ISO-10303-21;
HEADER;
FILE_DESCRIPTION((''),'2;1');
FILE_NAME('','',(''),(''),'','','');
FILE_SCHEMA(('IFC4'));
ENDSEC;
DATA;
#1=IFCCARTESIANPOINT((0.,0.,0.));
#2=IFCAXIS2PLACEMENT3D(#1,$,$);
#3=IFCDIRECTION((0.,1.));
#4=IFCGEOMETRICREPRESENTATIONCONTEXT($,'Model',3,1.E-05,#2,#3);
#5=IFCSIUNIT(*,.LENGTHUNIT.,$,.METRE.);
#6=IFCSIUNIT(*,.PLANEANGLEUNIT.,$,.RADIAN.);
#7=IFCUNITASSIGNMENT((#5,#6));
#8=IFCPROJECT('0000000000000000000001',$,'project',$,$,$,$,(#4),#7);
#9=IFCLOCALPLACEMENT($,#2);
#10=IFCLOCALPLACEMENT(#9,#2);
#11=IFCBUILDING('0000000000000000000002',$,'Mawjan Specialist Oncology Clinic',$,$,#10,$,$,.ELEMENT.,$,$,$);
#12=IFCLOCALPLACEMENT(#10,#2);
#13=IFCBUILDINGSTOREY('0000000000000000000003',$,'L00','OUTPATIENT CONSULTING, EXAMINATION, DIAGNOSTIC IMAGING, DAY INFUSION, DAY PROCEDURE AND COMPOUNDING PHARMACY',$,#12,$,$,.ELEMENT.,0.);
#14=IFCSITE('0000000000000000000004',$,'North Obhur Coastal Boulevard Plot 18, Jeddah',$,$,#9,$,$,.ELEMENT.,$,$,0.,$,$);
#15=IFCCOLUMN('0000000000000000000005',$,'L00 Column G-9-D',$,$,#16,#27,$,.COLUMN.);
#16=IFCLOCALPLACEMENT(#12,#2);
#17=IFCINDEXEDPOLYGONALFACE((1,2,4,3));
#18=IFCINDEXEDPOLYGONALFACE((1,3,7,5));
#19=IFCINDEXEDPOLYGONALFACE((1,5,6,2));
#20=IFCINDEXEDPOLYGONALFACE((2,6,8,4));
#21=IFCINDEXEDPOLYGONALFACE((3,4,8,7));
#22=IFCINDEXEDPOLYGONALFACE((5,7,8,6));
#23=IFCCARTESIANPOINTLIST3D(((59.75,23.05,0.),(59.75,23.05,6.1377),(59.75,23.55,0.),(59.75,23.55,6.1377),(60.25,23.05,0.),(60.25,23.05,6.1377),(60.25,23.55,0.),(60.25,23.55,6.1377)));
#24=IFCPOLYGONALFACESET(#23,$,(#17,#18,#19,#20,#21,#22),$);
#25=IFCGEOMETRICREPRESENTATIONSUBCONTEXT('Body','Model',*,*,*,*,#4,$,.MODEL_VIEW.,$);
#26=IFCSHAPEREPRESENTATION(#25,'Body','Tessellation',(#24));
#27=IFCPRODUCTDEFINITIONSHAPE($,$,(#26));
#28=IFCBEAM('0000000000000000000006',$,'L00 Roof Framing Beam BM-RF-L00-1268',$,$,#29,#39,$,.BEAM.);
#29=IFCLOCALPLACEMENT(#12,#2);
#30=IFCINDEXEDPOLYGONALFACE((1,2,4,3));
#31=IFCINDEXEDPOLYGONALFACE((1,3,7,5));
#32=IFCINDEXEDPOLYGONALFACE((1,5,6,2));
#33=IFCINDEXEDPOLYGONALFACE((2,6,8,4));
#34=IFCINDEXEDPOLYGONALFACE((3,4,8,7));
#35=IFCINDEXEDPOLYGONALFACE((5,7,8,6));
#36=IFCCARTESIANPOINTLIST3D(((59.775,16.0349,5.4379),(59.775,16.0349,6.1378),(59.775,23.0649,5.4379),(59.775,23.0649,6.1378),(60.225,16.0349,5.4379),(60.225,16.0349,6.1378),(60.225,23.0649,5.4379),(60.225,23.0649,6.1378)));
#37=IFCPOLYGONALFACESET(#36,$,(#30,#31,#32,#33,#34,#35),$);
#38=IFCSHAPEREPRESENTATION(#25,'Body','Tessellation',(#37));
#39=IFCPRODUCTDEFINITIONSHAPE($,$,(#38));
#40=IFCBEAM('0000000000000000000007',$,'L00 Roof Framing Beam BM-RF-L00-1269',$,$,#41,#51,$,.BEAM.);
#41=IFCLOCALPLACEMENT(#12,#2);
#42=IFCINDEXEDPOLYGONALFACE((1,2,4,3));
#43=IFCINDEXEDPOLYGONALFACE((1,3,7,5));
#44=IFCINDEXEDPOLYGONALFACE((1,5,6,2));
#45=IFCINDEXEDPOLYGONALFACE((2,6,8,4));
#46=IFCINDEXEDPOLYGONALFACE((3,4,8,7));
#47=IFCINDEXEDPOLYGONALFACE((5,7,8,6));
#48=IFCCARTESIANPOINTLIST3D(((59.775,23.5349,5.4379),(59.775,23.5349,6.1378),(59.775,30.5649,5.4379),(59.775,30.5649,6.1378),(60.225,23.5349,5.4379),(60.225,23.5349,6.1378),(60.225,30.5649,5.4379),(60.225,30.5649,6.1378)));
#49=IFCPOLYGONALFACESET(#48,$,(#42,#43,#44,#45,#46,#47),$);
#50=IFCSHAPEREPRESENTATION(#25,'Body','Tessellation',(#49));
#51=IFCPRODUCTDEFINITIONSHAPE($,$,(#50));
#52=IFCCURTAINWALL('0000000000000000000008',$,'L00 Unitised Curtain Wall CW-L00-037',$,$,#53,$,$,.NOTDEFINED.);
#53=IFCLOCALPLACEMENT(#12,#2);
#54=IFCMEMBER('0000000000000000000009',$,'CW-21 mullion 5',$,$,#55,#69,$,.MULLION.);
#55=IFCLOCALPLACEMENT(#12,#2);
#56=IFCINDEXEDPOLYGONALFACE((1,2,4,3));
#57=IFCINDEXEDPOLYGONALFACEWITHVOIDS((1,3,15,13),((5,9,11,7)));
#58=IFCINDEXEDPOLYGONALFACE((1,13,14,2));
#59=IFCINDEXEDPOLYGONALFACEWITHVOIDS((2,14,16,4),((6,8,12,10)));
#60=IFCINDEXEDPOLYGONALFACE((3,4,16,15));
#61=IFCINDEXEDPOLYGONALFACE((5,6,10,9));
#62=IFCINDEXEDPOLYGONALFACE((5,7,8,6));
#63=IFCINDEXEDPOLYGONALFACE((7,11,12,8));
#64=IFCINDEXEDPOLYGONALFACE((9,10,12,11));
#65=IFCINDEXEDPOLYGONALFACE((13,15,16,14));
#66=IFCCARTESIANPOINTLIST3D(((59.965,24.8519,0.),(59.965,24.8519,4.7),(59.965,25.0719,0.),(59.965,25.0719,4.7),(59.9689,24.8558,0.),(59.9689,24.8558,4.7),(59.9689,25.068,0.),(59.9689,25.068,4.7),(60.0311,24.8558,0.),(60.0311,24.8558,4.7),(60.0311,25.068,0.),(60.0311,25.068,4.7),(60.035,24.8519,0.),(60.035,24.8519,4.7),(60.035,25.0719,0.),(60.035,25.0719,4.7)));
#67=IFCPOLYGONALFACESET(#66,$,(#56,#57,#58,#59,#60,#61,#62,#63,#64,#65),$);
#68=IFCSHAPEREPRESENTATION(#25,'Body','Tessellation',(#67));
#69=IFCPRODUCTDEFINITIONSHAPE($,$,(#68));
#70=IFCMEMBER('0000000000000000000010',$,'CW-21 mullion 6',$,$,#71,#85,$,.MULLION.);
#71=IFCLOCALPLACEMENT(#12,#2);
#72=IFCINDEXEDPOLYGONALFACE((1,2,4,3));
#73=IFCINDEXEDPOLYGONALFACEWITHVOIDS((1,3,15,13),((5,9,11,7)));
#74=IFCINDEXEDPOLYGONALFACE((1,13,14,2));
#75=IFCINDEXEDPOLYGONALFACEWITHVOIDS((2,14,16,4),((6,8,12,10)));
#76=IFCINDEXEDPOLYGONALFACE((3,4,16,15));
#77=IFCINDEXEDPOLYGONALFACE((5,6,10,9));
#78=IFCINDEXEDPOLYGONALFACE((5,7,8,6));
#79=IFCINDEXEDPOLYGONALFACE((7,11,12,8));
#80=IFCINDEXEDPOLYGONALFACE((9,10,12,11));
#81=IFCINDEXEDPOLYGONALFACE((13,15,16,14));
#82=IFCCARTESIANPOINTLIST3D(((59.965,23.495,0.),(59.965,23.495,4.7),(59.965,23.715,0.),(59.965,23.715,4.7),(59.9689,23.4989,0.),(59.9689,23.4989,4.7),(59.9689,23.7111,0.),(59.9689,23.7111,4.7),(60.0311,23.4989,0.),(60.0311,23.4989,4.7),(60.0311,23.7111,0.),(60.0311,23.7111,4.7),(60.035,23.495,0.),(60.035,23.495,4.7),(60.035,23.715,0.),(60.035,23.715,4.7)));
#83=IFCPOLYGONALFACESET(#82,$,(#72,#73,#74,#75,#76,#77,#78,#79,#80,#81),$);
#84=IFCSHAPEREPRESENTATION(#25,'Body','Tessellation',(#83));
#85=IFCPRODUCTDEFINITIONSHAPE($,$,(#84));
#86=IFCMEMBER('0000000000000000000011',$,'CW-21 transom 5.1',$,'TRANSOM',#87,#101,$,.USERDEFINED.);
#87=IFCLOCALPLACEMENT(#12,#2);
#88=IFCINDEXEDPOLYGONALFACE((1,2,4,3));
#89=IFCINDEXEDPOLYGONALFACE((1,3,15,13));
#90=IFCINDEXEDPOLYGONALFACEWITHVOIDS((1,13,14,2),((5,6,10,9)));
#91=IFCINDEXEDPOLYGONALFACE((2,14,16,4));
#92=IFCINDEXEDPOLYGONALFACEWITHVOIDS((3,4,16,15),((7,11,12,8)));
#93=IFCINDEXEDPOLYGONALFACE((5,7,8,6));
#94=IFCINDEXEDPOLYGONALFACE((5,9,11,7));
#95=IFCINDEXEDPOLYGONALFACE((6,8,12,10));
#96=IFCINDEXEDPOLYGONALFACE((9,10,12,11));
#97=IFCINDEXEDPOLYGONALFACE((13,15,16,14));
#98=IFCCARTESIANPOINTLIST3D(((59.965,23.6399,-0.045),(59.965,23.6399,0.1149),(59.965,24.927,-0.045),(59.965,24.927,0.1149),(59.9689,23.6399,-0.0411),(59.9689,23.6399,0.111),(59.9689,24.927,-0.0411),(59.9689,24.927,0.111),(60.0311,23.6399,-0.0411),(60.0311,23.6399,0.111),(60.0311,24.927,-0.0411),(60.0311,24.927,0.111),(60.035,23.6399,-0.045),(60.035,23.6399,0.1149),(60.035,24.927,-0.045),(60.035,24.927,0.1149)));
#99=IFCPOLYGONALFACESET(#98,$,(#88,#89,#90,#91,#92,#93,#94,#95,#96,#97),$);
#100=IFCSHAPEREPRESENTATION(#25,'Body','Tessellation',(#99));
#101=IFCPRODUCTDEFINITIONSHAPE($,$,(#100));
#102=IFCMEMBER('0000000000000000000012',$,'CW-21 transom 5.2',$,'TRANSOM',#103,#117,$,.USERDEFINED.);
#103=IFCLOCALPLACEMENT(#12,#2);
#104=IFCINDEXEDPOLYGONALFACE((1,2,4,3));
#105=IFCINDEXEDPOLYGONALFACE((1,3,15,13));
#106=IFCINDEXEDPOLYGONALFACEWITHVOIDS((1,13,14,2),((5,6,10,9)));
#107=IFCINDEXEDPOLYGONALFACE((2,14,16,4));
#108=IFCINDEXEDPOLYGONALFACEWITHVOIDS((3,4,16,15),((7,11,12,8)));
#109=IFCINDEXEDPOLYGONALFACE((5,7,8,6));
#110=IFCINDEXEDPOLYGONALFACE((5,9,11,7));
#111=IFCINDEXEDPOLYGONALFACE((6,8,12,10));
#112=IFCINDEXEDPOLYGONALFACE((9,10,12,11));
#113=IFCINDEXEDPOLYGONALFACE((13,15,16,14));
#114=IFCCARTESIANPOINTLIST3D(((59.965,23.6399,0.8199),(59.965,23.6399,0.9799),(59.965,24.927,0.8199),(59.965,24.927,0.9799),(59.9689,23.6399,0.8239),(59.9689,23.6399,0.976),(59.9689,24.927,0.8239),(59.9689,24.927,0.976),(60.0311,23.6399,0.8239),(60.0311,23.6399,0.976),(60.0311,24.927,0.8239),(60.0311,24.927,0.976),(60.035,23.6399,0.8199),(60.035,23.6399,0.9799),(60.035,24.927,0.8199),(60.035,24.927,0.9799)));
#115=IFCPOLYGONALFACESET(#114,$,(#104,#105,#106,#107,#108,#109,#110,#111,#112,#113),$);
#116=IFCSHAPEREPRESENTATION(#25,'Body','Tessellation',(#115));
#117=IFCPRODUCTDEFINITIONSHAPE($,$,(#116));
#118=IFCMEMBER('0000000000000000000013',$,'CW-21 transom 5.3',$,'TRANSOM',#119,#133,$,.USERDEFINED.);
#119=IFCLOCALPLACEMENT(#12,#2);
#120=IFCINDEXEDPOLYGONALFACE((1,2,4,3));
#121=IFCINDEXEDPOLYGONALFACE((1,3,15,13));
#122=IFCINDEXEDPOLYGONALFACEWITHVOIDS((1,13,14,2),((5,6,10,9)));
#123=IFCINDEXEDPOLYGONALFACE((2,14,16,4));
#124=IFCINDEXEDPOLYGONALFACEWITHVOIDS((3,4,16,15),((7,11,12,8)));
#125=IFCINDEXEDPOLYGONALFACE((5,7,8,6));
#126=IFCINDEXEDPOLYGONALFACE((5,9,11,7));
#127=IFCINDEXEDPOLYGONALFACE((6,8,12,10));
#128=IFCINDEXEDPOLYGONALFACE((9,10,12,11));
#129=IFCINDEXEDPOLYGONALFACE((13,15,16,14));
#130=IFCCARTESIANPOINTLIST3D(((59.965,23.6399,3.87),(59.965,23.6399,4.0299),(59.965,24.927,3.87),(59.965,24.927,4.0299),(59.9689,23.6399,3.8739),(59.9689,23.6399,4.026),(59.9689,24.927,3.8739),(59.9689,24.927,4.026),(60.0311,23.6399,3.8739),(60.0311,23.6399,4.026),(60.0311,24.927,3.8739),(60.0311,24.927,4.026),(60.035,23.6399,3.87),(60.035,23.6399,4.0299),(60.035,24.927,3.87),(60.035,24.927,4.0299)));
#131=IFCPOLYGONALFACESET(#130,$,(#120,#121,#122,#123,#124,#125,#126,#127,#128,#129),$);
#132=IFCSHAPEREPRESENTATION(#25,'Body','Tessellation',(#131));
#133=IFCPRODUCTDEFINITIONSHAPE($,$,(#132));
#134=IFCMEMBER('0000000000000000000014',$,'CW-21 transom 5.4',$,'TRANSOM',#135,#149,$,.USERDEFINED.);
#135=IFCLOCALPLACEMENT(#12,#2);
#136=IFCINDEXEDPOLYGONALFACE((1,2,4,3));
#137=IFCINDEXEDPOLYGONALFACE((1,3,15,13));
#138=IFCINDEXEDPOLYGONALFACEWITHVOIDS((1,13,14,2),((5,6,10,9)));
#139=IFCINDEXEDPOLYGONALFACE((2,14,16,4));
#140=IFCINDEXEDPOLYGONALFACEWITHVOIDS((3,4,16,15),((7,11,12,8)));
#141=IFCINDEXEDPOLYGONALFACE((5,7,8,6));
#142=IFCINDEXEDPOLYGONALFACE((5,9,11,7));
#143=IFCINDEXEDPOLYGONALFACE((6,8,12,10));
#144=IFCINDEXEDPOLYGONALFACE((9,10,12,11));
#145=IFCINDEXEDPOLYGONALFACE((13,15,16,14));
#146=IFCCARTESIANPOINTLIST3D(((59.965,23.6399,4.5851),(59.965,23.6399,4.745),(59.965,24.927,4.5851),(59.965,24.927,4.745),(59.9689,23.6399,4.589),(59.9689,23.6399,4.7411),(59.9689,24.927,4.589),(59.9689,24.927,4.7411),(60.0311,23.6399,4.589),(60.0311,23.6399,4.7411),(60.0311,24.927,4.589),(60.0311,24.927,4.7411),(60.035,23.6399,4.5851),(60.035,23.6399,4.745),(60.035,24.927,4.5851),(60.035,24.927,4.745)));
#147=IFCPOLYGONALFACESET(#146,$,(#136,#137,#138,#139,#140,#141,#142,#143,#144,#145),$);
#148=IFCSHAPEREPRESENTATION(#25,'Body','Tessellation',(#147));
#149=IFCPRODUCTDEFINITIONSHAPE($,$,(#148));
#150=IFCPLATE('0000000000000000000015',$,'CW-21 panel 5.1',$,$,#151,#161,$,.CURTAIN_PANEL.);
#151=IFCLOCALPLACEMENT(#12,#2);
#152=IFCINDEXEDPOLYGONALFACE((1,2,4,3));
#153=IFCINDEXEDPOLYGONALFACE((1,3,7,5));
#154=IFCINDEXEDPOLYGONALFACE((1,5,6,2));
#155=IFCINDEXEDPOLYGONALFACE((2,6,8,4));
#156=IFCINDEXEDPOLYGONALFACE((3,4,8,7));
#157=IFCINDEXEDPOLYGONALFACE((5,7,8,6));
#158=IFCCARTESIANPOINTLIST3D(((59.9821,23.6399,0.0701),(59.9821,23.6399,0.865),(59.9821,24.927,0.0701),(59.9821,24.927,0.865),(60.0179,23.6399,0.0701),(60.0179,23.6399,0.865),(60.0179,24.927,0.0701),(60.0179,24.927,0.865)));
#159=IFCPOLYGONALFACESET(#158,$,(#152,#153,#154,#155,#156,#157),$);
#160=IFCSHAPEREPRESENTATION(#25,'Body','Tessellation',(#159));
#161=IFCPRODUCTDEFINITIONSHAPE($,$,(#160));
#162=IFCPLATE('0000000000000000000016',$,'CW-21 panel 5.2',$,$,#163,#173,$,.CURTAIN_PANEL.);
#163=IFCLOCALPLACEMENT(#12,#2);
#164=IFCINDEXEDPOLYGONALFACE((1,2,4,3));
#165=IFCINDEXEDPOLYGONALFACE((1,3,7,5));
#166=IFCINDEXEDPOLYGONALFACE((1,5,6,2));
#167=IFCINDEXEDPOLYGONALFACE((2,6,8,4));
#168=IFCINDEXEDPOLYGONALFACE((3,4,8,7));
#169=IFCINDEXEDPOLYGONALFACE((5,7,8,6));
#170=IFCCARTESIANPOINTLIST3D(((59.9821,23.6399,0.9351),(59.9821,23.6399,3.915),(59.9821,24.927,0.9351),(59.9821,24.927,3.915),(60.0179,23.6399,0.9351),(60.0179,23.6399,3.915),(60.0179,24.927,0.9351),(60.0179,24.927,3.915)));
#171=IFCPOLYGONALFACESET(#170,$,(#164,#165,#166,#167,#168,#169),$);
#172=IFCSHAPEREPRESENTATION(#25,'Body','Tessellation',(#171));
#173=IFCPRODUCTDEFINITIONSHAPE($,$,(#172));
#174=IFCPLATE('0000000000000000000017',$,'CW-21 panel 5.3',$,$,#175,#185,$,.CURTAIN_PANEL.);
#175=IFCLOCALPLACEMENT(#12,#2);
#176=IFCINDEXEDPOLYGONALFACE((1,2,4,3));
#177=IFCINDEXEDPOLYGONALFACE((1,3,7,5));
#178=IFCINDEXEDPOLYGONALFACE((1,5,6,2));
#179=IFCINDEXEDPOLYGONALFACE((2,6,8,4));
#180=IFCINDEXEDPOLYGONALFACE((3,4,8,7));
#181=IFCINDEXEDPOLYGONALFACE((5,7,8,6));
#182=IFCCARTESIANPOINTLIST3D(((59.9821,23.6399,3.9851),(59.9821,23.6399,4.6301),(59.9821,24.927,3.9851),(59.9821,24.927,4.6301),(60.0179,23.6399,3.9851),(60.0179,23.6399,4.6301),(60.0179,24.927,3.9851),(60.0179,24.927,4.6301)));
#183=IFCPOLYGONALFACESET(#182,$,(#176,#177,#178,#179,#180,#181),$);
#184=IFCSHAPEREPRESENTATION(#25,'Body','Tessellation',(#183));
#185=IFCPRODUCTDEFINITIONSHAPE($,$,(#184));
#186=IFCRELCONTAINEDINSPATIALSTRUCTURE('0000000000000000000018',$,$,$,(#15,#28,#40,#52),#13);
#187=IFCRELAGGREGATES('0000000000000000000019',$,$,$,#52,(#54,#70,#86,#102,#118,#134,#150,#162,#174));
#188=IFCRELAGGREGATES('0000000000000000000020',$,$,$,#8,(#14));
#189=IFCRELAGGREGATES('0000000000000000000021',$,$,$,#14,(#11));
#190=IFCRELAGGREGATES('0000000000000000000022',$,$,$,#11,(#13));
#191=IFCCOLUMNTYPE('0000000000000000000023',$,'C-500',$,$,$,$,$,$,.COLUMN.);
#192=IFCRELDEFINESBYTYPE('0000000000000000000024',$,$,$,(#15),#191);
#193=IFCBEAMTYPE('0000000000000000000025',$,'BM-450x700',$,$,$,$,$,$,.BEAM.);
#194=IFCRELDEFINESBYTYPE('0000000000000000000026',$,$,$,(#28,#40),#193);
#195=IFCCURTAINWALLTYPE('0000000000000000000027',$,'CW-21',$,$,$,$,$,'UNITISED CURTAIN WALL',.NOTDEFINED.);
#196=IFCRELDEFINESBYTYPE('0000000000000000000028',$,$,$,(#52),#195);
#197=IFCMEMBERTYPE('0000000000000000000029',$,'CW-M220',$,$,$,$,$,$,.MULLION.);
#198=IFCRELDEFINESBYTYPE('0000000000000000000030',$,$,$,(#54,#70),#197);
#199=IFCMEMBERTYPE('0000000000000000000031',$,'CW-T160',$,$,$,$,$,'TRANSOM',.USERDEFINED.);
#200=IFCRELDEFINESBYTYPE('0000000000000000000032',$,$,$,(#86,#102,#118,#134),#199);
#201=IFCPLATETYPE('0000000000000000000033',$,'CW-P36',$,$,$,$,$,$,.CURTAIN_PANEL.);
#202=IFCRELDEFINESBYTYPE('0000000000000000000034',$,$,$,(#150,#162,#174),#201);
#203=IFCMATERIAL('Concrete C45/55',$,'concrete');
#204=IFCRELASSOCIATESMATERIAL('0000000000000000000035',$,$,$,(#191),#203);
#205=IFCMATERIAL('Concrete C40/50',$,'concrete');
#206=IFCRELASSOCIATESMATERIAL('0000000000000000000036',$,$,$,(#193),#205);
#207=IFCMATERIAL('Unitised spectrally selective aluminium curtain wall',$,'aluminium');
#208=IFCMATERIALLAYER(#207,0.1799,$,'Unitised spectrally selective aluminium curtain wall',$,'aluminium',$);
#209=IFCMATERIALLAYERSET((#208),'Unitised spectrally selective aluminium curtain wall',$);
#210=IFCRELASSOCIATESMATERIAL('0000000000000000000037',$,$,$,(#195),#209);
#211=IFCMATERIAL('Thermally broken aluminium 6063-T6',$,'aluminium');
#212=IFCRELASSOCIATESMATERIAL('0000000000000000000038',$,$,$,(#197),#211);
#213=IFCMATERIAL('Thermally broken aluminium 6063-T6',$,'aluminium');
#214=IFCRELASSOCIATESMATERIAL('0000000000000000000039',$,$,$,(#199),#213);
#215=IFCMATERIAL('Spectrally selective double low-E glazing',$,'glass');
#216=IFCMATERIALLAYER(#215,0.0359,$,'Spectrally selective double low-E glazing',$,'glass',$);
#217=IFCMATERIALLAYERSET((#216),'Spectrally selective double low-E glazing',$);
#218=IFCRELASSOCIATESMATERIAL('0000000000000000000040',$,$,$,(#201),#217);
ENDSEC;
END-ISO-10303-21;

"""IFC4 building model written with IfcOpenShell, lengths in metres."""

from ifc_helpers import new_model, si_unit, direction, frame, origin, origin_2d, place, context, subcontext, project, spatial, rectangle, hollow_rectangle, extrude, material, layer, layer_set, material_profile, profile_set, type_object, element, aggregate, save


model = new_model("IFC4")

# Units and contexts
model_context = context("Model", 3, precision=1e-05, world=origin(), true_north=direction((0.0, 1.0)))
body_context = subcontext(model_context, "Body", "Model", "MODEL_VIEW")
ifc_project = project(units=[si_unit("LENGTHUNIT", "METRE"), si_unit("PLANEANGLEUNIT", "RADIAN")], contexts=[model_context])

# Site, building, storey
site_placement = place(None, origin())
site = spatial("IfcSite", under=ifc_project, at=site_placement, Name="North Obhur Coastal Boulevard Plot 18, Jeddah", CompositionType="ELEMENT", RefElevation=0.0)
building_placement = place(site_placement, origin())
building = spatial("IfcBuilding", under=site, at=building_placement, Name="Mawjan Specialist Oncology Clinic", CompositionType="ELEMENT")
storey_placement = place(building_placement, origin())
storey = spatial("IfcBuildingStorey", under=building, at=storey_placement, Name="L00", Description="OUTPATIENT CONSULTING, EXAMINATION, DIAGNOSTIC IMAGING, DAY INFUSION, DAY PROCEDURE AND COMPOUNDING PHARMACY", CompositionType="ELEMENT", Elevation=0.0)

# Column
ifc_material_1 = material(Name="Concrete C45/55", Category="concrete")
ifc_material_profile_1 = material_profile(ifc_material_1, rectangle(XDim=0.5, YDim=0.5, at=origin_2d()), Name="RC COL 500x500", Category="concrete")
ifc_profile_set_1 = profile_set([ifc_material_profile_1], Name="Concrete C45/55")
column_type = type_object("IfcColumnType", Name="C-500", PredefinedType="COLUMN", material=ifc_profile_set_1)
for number, where, z_axis, x_axis, name in (
    (1, (60.0, 23.3, 0.0), (0.0, 0.0, 1.0), (1.0, 0.0, 0.0), "L00 Column G-9-D"),
):
    element("IfcColumn", number, at=place(storey_placement, frame(where, z_axis=z_axis, x_axis=x_axis)), inside=storey, type_object=column_type, Name=name, PredefinedType="COLUMN", context=body_context, shape_type="SweptSolid", body=[
        extrude(rectangle(XDim=0.5, YDim=0.5, at=origin_2d()), origin(), (0.0, 0.0, 1.0), 6.1377),
    ])

# Beams
ifc_material_2 = material(Name="Concrete C40/50", Category="concrete")
ifc_material_profile_2 = material_profile(ifc_material_2, rectangle(XDim=0.45, YDim=0.7, at=origin_2d()), Name="RC BM 450x700", Category="concrete")
ifc_profile_set_2 = profile_set([ifc_material_profile_2], Name="Concrete C40/50")
beam_type = type_object("IfcBeamType", Name="BM-450x700", PredefinedType="BEAM", material=ifc_profile_set_2)
for number, where, z_axis, x_axis, name in (
    (2, (60.0, 16.0349, 5.7878), (0.0, 1.0, 0.0), (-1.0, 0.0, 0.0), "L00 Roof Framing Beam BM-RF-L00-1268"),
    (3, (60.0, 23.5349, 5.7878), (0.0, 1.0, 0.0), (-1.0, 0.0, 0.0), "L00 Roof Framing Beam BM-RF-L00-1269"),
):
    element("IfcBeam", number, at=place(storey_placement, frame(where, z_axis=z_axis, x_axis=x_axis)), inside=storey, type_object=beam_type, Name=name, PredefinedType="BEAM", context=body_context, shape_type="SweptSolid", body=[
        extrude(rectangle(XDim=0.45, YDim=0.7, at=origin_2d()), origin(), (0.0, 0.0, 1.0), 7.03),
    ])

# Curtain wall, members, plates
ifc_material_3 = material(Name="Unitised spectrally selective aluminium curtain wall", Category="aluminium")
ifc_layer_1 = layer(ifc_material_3, 0.1799, Name="Unitised spectrally selective aluminium curtain wall", Category="aluminium")
ifc_layer_set_1 = layer_set([ifc_layer_1], Name="Unitised spectrally selective aluminium curtain wall")
curtain_wall_type = type_object("IfcCurtainWallType", Name="CW-21", ElementType="UNITISED CURTAIN WALL", PredefinedType="NOTDEFINED", material=ifc_layer_set_1)
curtain_wall_placement = place(storey_placement, origin())
curtain_wall = element("IfcCurtainWall", 4, at=curtain_wall_placement, inside=storey, type_object=curtain_wall_type, Name="L00 Unitised Curtain Wall CW-L00-037", PredefinedType="NOTDEFINED")
ifc_material_4 = material(Name="Thermally broken aluminium 6063-T6", Category="aluminium")
ifc_material_profile_3 = material_profile(ifc_material_4, hollow_rectangle(XDim=0.0701, YDim=0.22, WallThickness=0.0039, at=origin_2d()), Name="ALU MULLION 220x70x4", Category="aluminium")
ifc_profile_set_3 = profile_set([ifc_material_profile_3], Name="Thermally broken aluminium 6063-T6")
member_type_1 = type_object("IfcMemberType", Name="CW-M220", PredefinedType="MULLION", material=ifc_profile_set_3)
member_1_placement = place(storey_placement, frame((60.0, 24.9619, 0.0), z_axis=(0.0, 0.0, 1.0), x_axis=(1.0, 0.0, 0.0)))
member_1 = element("IfcMember", 5, at=member_1_placement, type_object=member_type_1, Name="CW-21 mullion 5", PredefinedType="MULLION", context=body_context, shape_type="SweptSolid", body=[
    extrude(hollow_rectangle(XDim=0.0701, YDim=0.22, WallThickness=0.0039, at=origin_2d()), origin(), (0.0, 0.0, 1.0), 4.7),
])
member_2_placement = place(storey_placement, frame((60.0, 23.605, 0.0), z_axis=(0.0, 0.0, 1.0), x_axis=(1.0, 0.0, 0.0)))
member_2 = element("IfcMember", 6, at=member_2_placement, type_object=member_type_1, Name="CW-21 mullion 6", PredefinedType="MULLION", context=body_context, shape_type="SweptSolid", body=[
    extrude(hollow_rectangle(XDim=0.0701, YDim=0.22, WallThickness=0.0039, at=origin_2d()), origin(), (0.0, 0.0, 1.0), 4.7),
])
ifc_material_5 = material(Name="Thermally broken aluminium 6063-T6", Category="aluminium")
ifc_material_profile_4 = material_profile(ifc_material_5, hollow_rectangle(XDim=0.0701, YDim=0.1599, WallThickness=0.0039, at=origin_2d()), Name="ALU TRANSOM 160x70x4", Category="aluminium")
ifc_profile_set_4 = profile_set([ifc_material_profile_4], Name="Thermally broken aluminium 6063-T6")
member_type_2 = type_object("IfcMemberType", Name="CW-T160", ElementType="TRANSOM", PredefinedType="USERDEFINED", material=ifc_profile_set_4)
member_3_placement = place(storey_placement, frame((60.0, 24.927, 0.0349), z_axis=(0.0, -1.0, 0.0), x_axis=(1.0, 0.0, 0.0)))
member_3 = element("IfcMember", 7, at=member_3_placement, type_object=member_type_2, Name="CW-21 transom 5.1", ObjectType="TRANSOM", PredefinedType="USERDEFINED", context=body_context, shape_type="SweptSolid", body=[
    extrude(hollow_rectangle(XDim=0.0701, YDim=0.1599, WallThickness=0.0039, at=origin_2d()), origin(), (0.0, 0.0, 1.0), 1.2871),
])
member_4_placement = place(storey_placement, frame((60.0, 24.927, 0.8999), z_axis=(0.0, -1.0, 0.0), x_axis=(1.0, 0.0, 0.0)))
member_4 = element("IfcMember", 8, at=member_4_placement, type_object=member_type_2, Name="CW-21 transom 5.2", ObjectType="TRANSOM", PredefinedType="USERDEFINED", context=body_context, shape_type="SweptSolid", body=[
    extrude(hollow_rectangle(XDim=0.0701, YDim=0.1599, WallThickness=0.0039, at=origin_2d()), origin(), (0.0, 0.0, 1.0), 1.2871),
])
member_5_placement = place(storey_placement, frame((60.0, 24.927, 3.95), z_axis=(0.0, -1.0, 0.0), x_axis=(1.0, 0.0, 0.0)))
member_5 = element("IfcMember", 9, at=member_5_placement, type_object=member_type_2, Name="CW-21 transom 5.3", ObjectType="TRANSOM", PredefinedType="USERDEFINED", context=body_context, shape_type="SweptSolid", body=[
    extrude(hollow_rectangle(XDim=0.0701, YDim=0.1599, WallThickness=0.0039, at=origin_2d()), origin(), (0.0, 0.0, 1.0), 1.2871),
])
member_6_placement = place(storey_placement, frame((60.0, 24.927, 4.665), z_axis=(0.0, -1.0, 0.0), x_axis=(1.0, 0.0, 0.0)))
member_6 = element("IfcMember", 10, at=member_6_placement, type_object=member_type_2, Name="CW-21 transom 5.4", ObjectType="TRANSOM", PredefinedType="USERDEFINED", context=body_context, shape_type="SweptSolid", body=[
    extrude(hollow_rectangle(XDim=0.0701, YDim=0.1599, WallThickness=0.0039, at=origin_2d()), origin(), (0.0, 0.0, 1.0), 1.2871),
])
ifc_material_6 = material(Name="Spectrally selective double low-E glazing", Category="glass")
ifc_layer_2 = layer(ifc_material_6, 0.0359, Name="Spectrally selective double low-E glazing", Category="glass")
ifc_layer_set_2 = layer_set([ifc_layer_2], Name="Spectrally selective double low-E glazing")
plate_type = type_object("IfcPlateType", Name="CW-P36", PredefinedType="CURTAIN_PANEL", material=ifc_layer_set_2)
plate_1_placement = place(storey_placement, frame((60.0, 24.2834, 0.0701), z_axis=(0.0, 0.0, 1.0), x_axis=(0.0, -1.0, 0.0)))
plate_1 = element("IfcPlate", 11, at=plate_1_placement, type_object=plate_type, Name="CW-21 panel 5.1", PredefinedType="CURTAIN_PANEL", context=body_context, shape_type="SweptSolid", body=[
    extrude(rectangle(XDim=1.2871, YDim=0.0359, at=origin_2d()), origin(), (0.0, 0.0, 1.0), 0.7949),
])
plate_2_placement = place(storey_placement, frame((60.0, 24.2834, 0.9351), z_axis=(0.0, 0.0, 1.0), x_axis=(0.0, -1.0, 0.0)))
plate_2 = element("IfcPlate", 12, at=plate_2_placement, type_object=plate_type, Name="CW-21 panel 5.2", PredefinedType="CURTAIN_PANEL", context=body_context, shape_type="SweptSolid", body=[
    extrude(rectangle(XDim=1.2871, YDim=0.0359, at=origin_2d()), origin(), (0.0, 0.0, 1.0), 2.98),
])
plate_3_placement = place(storey_placement, frame((60.0, 24.2834, 3.9851), z_axis=(0.0, 0.0, 1.0), x_axis=(0.0, -1.0, 0.0)))
plate_3 = element("IfcPlate", 13, at=plate_3_placement, type_object=plate_type, Name="CW-21 panel 5.3", PredefinedType="CURTAIN_PANEL", context=body_context, shape_type="SweptSolid", body=[
    extrude(rectangle(XDim=1.2871, YDim=0.0359, at=origin_2d()), origin(), (0.0, 0.0, 1.0), 0.645),
])
aggregate(curtain_wall, [member_1, member_2, member_3, member_4, member_5, member_6, plate_1, plate_2, plate_3])

save(model, "model.ifc")
